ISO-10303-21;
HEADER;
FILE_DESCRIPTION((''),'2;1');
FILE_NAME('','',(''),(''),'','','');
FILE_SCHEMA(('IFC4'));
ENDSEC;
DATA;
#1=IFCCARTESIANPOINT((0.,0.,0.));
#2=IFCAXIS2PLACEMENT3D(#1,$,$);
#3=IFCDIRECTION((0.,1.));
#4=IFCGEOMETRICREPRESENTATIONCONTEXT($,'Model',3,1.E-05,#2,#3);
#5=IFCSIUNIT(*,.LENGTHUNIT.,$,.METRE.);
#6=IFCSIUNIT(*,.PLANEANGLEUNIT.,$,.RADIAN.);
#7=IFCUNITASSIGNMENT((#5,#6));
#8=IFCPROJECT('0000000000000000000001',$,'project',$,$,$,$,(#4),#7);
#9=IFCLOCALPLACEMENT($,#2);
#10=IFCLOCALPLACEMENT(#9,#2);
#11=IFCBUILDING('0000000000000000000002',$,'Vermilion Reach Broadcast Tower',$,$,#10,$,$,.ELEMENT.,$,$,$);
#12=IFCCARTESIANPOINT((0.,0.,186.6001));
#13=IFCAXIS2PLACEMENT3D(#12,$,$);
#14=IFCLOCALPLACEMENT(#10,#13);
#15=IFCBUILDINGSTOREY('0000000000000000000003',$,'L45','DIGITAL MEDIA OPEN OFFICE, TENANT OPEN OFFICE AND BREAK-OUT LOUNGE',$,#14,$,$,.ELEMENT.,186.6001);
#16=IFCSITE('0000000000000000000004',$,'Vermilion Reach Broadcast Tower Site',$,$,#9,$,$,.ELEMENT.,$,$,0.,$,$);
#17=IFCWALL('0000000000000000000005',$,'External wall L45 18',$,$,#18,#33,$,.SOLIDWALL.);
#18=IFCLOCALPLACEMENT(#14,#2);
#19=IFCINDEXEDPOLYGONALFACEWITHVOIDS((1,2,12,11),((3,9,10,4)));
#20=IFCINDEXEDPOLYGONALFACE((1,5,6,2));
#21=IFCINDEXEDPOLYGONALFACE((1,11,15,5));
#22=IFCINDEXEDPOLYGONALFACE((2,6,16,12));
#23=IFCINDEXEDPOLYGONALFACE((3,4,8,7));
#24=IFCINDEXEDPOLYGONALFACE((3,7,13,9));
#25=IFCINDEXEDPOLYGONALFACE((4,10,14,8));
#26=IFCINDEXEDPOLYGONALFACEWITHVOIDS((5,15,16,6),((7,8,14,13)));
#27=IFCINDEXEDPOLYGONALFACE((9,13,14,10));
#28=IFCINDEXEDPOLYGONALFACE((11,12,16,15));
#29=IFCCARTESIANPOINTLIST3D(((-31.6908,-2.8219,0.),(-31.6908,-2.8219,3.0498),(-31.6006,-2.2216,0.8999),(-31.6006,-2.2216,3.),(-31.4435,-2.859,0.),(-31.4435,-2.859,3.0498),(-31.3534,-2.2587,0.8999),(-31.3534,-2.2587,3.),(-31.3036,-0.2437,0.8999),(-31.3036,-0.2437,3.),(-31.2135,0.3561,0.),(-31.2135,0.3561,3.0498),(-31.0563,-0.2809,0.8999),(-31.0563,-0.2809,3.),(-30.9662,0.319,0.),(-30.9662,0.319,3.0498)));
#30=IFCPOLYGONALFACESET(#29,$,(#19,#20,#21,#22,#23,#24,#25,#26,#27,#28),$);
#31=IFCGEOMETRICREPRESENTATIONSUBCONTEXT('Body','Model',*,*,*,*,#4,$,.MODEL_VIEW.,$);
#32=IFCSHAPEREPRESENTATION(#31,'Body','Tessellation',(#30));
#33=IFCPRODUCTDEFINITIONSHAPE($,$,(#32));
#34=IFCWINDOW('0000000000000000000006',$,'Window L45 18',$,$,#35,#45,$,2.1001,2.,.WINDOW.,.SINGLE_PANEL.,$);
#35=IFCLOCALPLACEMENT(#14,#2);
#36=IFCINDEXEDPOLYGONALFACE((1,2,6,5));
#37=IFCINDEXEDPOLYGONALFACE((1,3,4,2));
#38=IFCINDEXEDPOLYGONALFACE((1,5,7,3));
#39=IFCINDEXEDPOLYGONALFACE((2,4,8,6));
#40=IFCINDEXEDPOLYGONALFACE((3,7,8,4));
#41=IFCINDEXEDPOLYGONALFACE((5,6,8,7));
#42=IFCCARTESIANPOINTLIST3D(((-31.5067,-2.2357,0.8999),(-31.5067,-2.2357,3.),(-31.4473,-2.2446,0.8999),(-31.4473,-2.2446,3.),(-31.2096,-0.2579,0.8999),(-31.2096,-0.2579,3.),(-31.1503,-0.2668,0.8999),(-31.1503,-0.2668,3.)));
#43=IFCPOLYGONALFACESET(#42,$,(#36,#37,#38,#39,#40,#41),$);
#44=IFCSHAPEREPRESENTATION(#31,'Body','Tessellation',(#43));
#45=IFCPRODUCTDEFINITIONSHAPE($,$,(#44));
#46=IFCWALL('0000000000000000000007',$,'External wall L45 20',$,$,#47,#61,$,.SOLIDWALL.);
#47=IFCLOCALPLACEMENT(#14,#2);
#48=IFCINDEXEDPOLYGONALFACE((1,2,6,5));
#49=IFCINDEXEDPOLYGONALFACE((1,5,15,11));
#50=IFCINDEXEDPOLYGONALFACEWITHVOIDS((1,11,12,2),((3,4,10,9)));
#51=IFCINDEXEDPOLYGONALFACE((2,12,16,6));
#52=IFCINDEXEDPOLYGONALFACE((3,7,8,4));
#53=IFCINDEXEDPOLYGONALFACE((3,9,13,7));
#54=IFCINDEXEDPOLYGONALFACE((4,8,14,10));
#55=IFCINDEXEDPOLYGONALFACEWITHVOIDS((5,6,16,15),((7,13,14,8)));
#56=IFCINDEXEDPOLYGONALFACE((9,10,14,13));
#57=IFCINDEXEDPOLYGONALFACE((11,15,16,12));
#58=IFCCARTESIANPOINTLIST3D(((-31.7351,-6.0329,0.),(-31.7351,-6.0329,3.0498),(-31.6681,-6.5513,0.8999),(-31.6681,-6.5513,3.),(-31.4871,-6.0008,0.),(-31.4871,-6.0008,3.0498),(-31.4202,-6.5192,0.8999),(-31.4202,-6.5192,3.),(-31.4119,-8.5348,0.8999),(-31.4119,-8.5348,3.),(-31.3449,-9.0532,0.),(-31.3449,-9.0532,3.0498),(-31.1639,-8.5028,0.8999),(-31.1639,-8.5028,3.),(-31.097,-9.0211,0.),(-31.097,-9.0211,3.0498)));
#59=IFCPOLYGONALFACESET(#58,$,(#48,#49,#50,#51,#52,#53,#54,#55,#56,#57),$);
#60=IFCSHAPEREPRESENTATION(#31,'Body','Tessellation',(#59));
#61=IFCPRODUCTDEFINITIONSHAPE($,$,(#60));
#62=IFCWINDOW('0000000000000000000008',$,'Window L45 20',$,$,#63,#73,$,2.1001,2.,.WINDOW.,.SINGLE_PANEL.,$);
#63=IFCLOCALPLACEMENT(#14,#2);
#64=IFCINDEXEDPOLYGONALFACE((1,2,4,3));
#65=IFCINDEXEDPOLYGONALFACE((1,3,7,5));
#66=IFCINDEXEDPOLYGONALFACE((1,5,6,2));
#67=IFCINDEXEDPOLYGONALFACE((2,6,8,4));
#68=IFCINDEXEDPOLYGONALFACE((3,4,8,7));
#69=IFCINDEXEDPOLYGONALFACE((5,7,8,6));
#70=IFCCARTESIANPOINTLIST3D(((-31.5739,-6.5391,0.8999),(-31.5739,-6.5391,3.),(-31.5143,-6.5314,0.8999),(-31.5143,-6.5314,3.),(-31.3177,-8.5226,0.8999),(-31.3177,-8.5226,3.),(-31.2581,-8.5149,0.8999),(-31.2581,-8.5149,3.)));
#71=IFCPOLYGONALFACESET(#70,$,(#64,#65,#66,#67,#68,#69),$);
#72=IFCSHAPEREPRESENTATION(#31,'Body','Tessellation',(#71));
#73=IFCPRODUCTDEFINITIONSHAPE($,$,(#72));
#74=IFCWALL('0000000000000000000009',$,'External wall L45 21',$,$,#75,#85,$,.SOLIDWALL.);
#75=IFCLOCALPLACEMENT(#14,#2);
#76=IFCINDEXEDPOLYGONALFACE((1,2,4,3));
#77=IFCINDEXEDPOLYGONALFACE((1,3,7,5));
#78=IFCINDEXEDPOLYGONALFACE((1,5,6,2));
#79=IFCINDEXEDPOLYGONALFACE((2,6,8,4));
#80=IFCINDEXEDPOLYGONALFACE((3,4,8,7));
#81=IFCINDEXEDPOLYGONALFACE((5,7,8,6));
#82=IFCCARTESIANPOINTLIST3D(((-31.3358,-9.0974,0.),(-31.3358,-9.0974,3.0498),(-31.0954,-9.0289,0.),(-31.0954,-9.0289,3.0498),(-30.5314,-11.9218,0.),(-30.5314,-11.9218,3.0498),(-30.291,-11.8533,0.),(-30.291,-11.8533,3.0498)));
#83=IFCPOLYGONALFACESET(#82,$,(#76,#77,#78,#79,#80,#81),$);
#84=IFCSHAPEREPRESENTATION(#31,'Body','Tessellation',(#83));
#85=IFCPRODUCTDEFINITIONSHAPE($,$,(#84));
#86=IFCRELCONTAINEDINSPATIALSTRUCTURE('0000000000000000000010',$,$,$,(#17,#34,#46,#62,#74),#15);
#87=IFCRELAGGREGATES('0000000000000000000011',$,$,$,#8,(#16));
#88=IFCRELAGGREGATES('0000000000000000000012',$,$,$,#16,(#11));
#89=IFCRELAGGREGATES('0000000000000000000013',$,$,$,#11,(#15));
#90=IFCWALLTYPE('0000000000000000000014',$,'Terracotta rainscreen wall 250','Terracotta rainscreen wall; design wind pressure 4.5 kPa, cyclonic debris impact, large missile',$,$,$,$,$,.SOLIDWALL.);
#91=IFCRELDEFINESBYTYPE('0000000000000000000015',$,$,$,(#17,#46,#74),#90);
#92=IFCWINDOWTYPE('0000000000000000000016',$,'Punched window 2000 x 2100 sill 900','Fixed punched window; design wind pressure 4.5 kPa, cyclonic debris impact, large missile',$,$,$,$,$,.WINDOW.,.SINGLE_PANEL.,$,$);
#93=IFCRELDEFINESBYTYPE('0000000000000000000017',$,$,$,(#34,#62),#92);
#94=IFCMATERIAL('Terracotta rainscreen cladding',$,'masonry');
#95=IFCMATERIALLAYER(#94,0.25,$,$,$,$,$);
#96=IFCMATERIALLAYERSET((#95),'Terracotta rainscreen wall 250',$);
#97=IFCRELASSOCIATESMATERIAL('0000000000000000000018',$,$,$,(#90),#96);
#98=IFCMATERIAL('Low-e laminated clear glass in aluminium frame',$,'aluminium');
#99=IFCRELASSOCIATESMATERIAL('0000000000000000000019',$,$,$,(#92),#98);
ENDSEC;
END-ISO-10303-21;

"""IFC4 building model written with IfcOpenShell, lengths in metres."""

from ifc_helpers import new_model, si_unit, direction, frame, frame_2d, origin, place, context, subcontext, project, spatial, rectangle, extrude, material, layer, layer_set, type_object, element, fill, save


model = new_model("IFC4")

# Units and contexts
model_context = context("Model", 3, precision=1e-05, world=origin(), true_north=direction((0.0, 1.0)))
body_context = subcontext(model_context, "Body", "Model", "MODEL_VIEW")
ifc_project = project(units=[si_unit("LENGTHUNIT", "METRE"), si_unit("PLANEANGLEUNIT", "RADIAN")], contexts=[model_context])

# Site, building, storey
site_placement = place(None, origin())
site = spatial("IfcSite", under=ifc_project, at=site_placement, Name="Vermilion Reach Broadcast Tower Site", CompositionType="ELEMENT", RefElevation=0.0)
building_placement = place(site_placement, origin())
building = spatial("IfcBuilding", under=site, at=building_placement, Name="Vermilion Reach Broadcast Tower", CompositionType="ELEMENT")
storey_placement = place(building_placement, frame((0.0, 0.0, 186.6001)))
storey = spatial("IfcBuildingStorey", under=building, at=storey_placement, Name="L45", Description="DIGITAL MEDIA OPEN OFFICE, TENANT OPEN OFFICE AND BREAK-OUT LOUNGE", CompositionType="ELEMENT", Elevation=186.6001)

# Wall, opening, window
ifc_material_1 = material(Name="Terracotta rainscreen cladding", Category="masonry")
ifc_layer_1 = layer(ifc_material_1, 0.25)
ifc_layer_set_1 = layer_set([ifc_layer_1], Name="Terracotta rainscreen wall 250")
wall_type_1 = type_object("IfcWallType", Name="Terracotta rainscreen wall 250", Description="Terracotta rainscreen wall; design wind pressure 4.5 kPa, cyclonic debris impact, large missile", PredefinedType="SOLIDWALL", material=ifc_layer_set_1)
wall_1_placement = place(storey_placement, frame((-31.0898, 0.3376, 0.0), z_axis=(0.0, 0.0, 1.0), x_axis=(-0.148522, -0.988909, 0.0)))
wall_1 = element("IfcWall", 1, at=wall_1_placement, inside=storey, type_object=wall_type_1, Name="External wall L45 18", PredefinedType="SOLIDWALL", context=body_context, shape_type="SweptSolid", body=[
    extrude(rectangle(XDim=3.2136, YDim=0.25, at=frame_2d((1.6069, 0.0))), origin(), (0.0, 0.0, 1.0), 3.0498),
])
opening_1_placement = place(wall_1_placement, frame((0.6067, 0.0, 0.8999)))
opening_1 = element("IfcOpeningElement", 2, at=opening_1_placement, cuts=wall_1, PredefinedType="OPENING", context=body_context, shape_type="SweptSolid", body=[
    extrude(rectangle(XDim=2.0, YDim=2.1001, at=frame_2d((1.0, 1.05))), frame((0.0, 0.135, 0.0), z_axis=(0.0, -1.0, 0.0), x_axis=(1.0, 0.0, 0.0)), (0.0, 0.0, 1.0), 0.27),
])
ifc_material_2 = material(Name="Low-e laminated clear glass in aluminium frame", Category="aluminium")
window_type = type_object("IfcWindowType", Name="Punched window 2000 x 2100 sill 900", Description="Fixed punched window; design wind pressure 4.5 kPa, cyclonic debris impact, large missile", PartitioningType="SINGLE_PANEL", PredefinedType="WINDOW", material=ifc_material_2)
window_1_placement = place(opening_1_placement, origin())
window_1 = element("IfcWindow", 3, at=window_1_placement, inside=storey, type_object=window_type, Name="Window L45 18", OverallHeight=2.1001, OverallWidth=2.0, PartitioningType="SINGLE_PANEL", PredefinedType="WINDOW", context=body_context, shape_type="SweptSolid", body=[
    extrude(rectangle(XDim=2.0, YDim=2.1001, at=frame_2d((1.0, 1.05))), frame((0.0, 0.03, 0.0), z_axis=(0.0, -1.0, 0.0), x_axis=(1.0, 0.0, 0.0)), (0.0, 0.0, 1.0), 0.0601),
])
fill(opening_1, window_1)

# Wall, opening, window
wall_2_placement = place(storey_placement, frame((-31.6111, -6.0168, 0.0), z_axis=(0.0, 0.0, 1.0), x_axis=(0.128109, -0.99176, 0.0)))
wall_2 = element("IfcWall", 4, at=wall_2_placement, inside=storey, type_object=wall_type_1, Name="External wall L45 20", PredefinedType="SOLIDWALL", context=body_context, shape_type="SweptSolid", body=[
    extrude(rectangle(XDim=3.0454, YDim=0.25, at=frame_2d((1.5227, 0.0))), origin(), (0.0, 0.0, 1.0), 3.0498),
])
opening_2_placement = place(wall_2_placement, frame((0.5227, 0.0, 0.8999)))
opening_2 = element("IfcOpeningElement", 5, at=opening_2_placement, cuts=wall_2, PredefinedType="OPENING", context=body_context, shape_type="SweptSolid", body=[
    extrude(rectangle(XDim=2.0, YDim=2.1001, at=frame_2d((1.0, 1.05))), frame((0.0, 0.135, 0.0), z_axis=(0.0, -1.0, 0.0), x_axis=(1.0, 0.0, 0.0)), (0.0, 0.0, 1.0), 0.27),
])
window_2_placement = place(opening_2_placement, origin())
window_2 = element("IfcWindow", 6, at=window_2_placement, inside=storey, type_object=window_type, Name="Window L45 20", OverallHeight=2.1001, OverallWidth=2.0, PartitioningType="SINGLE_PANEL", PredefinedType="WINDOW", context=body_context, shape_type="SweptSolid", body=[
    extrude(rectangle(XDim=2.0, YDim=2.1001, at=frame_2d((1.0, 1.05))), frame((0.0, 0.03, 0.0), z_axis=(0.0, -1.0, 0.0), x_axis=(1.0, 0.0, 0.0)), (0.0, 0.0, 1.0), 0.0601),
])
fill(opening_2, window_2)

# Wall
wall_3_placement = place(storey_placement, frame((-31.2156, -9.0632, 0.0), z_axis=(0.0, 0.0, 1.0), x_axis=(0.27392, -0.961753, 0.0)))
element("IfcWall", 7, at=wall_3_placement, inside=storey, type_object=wall_type_1, Name="External wall L45 21", PredefinedType="SOLIDWALL", context=body_context, shape_type="SweptSolid", body=[
    extrude(rectangle(XDim=2.9368, YDim=0.25, at=frame_2d((1.4683, 0.0))), origin(), (0.0, 0.0, 1.0), 3.0498),
])

save(model, "model.ifc")
